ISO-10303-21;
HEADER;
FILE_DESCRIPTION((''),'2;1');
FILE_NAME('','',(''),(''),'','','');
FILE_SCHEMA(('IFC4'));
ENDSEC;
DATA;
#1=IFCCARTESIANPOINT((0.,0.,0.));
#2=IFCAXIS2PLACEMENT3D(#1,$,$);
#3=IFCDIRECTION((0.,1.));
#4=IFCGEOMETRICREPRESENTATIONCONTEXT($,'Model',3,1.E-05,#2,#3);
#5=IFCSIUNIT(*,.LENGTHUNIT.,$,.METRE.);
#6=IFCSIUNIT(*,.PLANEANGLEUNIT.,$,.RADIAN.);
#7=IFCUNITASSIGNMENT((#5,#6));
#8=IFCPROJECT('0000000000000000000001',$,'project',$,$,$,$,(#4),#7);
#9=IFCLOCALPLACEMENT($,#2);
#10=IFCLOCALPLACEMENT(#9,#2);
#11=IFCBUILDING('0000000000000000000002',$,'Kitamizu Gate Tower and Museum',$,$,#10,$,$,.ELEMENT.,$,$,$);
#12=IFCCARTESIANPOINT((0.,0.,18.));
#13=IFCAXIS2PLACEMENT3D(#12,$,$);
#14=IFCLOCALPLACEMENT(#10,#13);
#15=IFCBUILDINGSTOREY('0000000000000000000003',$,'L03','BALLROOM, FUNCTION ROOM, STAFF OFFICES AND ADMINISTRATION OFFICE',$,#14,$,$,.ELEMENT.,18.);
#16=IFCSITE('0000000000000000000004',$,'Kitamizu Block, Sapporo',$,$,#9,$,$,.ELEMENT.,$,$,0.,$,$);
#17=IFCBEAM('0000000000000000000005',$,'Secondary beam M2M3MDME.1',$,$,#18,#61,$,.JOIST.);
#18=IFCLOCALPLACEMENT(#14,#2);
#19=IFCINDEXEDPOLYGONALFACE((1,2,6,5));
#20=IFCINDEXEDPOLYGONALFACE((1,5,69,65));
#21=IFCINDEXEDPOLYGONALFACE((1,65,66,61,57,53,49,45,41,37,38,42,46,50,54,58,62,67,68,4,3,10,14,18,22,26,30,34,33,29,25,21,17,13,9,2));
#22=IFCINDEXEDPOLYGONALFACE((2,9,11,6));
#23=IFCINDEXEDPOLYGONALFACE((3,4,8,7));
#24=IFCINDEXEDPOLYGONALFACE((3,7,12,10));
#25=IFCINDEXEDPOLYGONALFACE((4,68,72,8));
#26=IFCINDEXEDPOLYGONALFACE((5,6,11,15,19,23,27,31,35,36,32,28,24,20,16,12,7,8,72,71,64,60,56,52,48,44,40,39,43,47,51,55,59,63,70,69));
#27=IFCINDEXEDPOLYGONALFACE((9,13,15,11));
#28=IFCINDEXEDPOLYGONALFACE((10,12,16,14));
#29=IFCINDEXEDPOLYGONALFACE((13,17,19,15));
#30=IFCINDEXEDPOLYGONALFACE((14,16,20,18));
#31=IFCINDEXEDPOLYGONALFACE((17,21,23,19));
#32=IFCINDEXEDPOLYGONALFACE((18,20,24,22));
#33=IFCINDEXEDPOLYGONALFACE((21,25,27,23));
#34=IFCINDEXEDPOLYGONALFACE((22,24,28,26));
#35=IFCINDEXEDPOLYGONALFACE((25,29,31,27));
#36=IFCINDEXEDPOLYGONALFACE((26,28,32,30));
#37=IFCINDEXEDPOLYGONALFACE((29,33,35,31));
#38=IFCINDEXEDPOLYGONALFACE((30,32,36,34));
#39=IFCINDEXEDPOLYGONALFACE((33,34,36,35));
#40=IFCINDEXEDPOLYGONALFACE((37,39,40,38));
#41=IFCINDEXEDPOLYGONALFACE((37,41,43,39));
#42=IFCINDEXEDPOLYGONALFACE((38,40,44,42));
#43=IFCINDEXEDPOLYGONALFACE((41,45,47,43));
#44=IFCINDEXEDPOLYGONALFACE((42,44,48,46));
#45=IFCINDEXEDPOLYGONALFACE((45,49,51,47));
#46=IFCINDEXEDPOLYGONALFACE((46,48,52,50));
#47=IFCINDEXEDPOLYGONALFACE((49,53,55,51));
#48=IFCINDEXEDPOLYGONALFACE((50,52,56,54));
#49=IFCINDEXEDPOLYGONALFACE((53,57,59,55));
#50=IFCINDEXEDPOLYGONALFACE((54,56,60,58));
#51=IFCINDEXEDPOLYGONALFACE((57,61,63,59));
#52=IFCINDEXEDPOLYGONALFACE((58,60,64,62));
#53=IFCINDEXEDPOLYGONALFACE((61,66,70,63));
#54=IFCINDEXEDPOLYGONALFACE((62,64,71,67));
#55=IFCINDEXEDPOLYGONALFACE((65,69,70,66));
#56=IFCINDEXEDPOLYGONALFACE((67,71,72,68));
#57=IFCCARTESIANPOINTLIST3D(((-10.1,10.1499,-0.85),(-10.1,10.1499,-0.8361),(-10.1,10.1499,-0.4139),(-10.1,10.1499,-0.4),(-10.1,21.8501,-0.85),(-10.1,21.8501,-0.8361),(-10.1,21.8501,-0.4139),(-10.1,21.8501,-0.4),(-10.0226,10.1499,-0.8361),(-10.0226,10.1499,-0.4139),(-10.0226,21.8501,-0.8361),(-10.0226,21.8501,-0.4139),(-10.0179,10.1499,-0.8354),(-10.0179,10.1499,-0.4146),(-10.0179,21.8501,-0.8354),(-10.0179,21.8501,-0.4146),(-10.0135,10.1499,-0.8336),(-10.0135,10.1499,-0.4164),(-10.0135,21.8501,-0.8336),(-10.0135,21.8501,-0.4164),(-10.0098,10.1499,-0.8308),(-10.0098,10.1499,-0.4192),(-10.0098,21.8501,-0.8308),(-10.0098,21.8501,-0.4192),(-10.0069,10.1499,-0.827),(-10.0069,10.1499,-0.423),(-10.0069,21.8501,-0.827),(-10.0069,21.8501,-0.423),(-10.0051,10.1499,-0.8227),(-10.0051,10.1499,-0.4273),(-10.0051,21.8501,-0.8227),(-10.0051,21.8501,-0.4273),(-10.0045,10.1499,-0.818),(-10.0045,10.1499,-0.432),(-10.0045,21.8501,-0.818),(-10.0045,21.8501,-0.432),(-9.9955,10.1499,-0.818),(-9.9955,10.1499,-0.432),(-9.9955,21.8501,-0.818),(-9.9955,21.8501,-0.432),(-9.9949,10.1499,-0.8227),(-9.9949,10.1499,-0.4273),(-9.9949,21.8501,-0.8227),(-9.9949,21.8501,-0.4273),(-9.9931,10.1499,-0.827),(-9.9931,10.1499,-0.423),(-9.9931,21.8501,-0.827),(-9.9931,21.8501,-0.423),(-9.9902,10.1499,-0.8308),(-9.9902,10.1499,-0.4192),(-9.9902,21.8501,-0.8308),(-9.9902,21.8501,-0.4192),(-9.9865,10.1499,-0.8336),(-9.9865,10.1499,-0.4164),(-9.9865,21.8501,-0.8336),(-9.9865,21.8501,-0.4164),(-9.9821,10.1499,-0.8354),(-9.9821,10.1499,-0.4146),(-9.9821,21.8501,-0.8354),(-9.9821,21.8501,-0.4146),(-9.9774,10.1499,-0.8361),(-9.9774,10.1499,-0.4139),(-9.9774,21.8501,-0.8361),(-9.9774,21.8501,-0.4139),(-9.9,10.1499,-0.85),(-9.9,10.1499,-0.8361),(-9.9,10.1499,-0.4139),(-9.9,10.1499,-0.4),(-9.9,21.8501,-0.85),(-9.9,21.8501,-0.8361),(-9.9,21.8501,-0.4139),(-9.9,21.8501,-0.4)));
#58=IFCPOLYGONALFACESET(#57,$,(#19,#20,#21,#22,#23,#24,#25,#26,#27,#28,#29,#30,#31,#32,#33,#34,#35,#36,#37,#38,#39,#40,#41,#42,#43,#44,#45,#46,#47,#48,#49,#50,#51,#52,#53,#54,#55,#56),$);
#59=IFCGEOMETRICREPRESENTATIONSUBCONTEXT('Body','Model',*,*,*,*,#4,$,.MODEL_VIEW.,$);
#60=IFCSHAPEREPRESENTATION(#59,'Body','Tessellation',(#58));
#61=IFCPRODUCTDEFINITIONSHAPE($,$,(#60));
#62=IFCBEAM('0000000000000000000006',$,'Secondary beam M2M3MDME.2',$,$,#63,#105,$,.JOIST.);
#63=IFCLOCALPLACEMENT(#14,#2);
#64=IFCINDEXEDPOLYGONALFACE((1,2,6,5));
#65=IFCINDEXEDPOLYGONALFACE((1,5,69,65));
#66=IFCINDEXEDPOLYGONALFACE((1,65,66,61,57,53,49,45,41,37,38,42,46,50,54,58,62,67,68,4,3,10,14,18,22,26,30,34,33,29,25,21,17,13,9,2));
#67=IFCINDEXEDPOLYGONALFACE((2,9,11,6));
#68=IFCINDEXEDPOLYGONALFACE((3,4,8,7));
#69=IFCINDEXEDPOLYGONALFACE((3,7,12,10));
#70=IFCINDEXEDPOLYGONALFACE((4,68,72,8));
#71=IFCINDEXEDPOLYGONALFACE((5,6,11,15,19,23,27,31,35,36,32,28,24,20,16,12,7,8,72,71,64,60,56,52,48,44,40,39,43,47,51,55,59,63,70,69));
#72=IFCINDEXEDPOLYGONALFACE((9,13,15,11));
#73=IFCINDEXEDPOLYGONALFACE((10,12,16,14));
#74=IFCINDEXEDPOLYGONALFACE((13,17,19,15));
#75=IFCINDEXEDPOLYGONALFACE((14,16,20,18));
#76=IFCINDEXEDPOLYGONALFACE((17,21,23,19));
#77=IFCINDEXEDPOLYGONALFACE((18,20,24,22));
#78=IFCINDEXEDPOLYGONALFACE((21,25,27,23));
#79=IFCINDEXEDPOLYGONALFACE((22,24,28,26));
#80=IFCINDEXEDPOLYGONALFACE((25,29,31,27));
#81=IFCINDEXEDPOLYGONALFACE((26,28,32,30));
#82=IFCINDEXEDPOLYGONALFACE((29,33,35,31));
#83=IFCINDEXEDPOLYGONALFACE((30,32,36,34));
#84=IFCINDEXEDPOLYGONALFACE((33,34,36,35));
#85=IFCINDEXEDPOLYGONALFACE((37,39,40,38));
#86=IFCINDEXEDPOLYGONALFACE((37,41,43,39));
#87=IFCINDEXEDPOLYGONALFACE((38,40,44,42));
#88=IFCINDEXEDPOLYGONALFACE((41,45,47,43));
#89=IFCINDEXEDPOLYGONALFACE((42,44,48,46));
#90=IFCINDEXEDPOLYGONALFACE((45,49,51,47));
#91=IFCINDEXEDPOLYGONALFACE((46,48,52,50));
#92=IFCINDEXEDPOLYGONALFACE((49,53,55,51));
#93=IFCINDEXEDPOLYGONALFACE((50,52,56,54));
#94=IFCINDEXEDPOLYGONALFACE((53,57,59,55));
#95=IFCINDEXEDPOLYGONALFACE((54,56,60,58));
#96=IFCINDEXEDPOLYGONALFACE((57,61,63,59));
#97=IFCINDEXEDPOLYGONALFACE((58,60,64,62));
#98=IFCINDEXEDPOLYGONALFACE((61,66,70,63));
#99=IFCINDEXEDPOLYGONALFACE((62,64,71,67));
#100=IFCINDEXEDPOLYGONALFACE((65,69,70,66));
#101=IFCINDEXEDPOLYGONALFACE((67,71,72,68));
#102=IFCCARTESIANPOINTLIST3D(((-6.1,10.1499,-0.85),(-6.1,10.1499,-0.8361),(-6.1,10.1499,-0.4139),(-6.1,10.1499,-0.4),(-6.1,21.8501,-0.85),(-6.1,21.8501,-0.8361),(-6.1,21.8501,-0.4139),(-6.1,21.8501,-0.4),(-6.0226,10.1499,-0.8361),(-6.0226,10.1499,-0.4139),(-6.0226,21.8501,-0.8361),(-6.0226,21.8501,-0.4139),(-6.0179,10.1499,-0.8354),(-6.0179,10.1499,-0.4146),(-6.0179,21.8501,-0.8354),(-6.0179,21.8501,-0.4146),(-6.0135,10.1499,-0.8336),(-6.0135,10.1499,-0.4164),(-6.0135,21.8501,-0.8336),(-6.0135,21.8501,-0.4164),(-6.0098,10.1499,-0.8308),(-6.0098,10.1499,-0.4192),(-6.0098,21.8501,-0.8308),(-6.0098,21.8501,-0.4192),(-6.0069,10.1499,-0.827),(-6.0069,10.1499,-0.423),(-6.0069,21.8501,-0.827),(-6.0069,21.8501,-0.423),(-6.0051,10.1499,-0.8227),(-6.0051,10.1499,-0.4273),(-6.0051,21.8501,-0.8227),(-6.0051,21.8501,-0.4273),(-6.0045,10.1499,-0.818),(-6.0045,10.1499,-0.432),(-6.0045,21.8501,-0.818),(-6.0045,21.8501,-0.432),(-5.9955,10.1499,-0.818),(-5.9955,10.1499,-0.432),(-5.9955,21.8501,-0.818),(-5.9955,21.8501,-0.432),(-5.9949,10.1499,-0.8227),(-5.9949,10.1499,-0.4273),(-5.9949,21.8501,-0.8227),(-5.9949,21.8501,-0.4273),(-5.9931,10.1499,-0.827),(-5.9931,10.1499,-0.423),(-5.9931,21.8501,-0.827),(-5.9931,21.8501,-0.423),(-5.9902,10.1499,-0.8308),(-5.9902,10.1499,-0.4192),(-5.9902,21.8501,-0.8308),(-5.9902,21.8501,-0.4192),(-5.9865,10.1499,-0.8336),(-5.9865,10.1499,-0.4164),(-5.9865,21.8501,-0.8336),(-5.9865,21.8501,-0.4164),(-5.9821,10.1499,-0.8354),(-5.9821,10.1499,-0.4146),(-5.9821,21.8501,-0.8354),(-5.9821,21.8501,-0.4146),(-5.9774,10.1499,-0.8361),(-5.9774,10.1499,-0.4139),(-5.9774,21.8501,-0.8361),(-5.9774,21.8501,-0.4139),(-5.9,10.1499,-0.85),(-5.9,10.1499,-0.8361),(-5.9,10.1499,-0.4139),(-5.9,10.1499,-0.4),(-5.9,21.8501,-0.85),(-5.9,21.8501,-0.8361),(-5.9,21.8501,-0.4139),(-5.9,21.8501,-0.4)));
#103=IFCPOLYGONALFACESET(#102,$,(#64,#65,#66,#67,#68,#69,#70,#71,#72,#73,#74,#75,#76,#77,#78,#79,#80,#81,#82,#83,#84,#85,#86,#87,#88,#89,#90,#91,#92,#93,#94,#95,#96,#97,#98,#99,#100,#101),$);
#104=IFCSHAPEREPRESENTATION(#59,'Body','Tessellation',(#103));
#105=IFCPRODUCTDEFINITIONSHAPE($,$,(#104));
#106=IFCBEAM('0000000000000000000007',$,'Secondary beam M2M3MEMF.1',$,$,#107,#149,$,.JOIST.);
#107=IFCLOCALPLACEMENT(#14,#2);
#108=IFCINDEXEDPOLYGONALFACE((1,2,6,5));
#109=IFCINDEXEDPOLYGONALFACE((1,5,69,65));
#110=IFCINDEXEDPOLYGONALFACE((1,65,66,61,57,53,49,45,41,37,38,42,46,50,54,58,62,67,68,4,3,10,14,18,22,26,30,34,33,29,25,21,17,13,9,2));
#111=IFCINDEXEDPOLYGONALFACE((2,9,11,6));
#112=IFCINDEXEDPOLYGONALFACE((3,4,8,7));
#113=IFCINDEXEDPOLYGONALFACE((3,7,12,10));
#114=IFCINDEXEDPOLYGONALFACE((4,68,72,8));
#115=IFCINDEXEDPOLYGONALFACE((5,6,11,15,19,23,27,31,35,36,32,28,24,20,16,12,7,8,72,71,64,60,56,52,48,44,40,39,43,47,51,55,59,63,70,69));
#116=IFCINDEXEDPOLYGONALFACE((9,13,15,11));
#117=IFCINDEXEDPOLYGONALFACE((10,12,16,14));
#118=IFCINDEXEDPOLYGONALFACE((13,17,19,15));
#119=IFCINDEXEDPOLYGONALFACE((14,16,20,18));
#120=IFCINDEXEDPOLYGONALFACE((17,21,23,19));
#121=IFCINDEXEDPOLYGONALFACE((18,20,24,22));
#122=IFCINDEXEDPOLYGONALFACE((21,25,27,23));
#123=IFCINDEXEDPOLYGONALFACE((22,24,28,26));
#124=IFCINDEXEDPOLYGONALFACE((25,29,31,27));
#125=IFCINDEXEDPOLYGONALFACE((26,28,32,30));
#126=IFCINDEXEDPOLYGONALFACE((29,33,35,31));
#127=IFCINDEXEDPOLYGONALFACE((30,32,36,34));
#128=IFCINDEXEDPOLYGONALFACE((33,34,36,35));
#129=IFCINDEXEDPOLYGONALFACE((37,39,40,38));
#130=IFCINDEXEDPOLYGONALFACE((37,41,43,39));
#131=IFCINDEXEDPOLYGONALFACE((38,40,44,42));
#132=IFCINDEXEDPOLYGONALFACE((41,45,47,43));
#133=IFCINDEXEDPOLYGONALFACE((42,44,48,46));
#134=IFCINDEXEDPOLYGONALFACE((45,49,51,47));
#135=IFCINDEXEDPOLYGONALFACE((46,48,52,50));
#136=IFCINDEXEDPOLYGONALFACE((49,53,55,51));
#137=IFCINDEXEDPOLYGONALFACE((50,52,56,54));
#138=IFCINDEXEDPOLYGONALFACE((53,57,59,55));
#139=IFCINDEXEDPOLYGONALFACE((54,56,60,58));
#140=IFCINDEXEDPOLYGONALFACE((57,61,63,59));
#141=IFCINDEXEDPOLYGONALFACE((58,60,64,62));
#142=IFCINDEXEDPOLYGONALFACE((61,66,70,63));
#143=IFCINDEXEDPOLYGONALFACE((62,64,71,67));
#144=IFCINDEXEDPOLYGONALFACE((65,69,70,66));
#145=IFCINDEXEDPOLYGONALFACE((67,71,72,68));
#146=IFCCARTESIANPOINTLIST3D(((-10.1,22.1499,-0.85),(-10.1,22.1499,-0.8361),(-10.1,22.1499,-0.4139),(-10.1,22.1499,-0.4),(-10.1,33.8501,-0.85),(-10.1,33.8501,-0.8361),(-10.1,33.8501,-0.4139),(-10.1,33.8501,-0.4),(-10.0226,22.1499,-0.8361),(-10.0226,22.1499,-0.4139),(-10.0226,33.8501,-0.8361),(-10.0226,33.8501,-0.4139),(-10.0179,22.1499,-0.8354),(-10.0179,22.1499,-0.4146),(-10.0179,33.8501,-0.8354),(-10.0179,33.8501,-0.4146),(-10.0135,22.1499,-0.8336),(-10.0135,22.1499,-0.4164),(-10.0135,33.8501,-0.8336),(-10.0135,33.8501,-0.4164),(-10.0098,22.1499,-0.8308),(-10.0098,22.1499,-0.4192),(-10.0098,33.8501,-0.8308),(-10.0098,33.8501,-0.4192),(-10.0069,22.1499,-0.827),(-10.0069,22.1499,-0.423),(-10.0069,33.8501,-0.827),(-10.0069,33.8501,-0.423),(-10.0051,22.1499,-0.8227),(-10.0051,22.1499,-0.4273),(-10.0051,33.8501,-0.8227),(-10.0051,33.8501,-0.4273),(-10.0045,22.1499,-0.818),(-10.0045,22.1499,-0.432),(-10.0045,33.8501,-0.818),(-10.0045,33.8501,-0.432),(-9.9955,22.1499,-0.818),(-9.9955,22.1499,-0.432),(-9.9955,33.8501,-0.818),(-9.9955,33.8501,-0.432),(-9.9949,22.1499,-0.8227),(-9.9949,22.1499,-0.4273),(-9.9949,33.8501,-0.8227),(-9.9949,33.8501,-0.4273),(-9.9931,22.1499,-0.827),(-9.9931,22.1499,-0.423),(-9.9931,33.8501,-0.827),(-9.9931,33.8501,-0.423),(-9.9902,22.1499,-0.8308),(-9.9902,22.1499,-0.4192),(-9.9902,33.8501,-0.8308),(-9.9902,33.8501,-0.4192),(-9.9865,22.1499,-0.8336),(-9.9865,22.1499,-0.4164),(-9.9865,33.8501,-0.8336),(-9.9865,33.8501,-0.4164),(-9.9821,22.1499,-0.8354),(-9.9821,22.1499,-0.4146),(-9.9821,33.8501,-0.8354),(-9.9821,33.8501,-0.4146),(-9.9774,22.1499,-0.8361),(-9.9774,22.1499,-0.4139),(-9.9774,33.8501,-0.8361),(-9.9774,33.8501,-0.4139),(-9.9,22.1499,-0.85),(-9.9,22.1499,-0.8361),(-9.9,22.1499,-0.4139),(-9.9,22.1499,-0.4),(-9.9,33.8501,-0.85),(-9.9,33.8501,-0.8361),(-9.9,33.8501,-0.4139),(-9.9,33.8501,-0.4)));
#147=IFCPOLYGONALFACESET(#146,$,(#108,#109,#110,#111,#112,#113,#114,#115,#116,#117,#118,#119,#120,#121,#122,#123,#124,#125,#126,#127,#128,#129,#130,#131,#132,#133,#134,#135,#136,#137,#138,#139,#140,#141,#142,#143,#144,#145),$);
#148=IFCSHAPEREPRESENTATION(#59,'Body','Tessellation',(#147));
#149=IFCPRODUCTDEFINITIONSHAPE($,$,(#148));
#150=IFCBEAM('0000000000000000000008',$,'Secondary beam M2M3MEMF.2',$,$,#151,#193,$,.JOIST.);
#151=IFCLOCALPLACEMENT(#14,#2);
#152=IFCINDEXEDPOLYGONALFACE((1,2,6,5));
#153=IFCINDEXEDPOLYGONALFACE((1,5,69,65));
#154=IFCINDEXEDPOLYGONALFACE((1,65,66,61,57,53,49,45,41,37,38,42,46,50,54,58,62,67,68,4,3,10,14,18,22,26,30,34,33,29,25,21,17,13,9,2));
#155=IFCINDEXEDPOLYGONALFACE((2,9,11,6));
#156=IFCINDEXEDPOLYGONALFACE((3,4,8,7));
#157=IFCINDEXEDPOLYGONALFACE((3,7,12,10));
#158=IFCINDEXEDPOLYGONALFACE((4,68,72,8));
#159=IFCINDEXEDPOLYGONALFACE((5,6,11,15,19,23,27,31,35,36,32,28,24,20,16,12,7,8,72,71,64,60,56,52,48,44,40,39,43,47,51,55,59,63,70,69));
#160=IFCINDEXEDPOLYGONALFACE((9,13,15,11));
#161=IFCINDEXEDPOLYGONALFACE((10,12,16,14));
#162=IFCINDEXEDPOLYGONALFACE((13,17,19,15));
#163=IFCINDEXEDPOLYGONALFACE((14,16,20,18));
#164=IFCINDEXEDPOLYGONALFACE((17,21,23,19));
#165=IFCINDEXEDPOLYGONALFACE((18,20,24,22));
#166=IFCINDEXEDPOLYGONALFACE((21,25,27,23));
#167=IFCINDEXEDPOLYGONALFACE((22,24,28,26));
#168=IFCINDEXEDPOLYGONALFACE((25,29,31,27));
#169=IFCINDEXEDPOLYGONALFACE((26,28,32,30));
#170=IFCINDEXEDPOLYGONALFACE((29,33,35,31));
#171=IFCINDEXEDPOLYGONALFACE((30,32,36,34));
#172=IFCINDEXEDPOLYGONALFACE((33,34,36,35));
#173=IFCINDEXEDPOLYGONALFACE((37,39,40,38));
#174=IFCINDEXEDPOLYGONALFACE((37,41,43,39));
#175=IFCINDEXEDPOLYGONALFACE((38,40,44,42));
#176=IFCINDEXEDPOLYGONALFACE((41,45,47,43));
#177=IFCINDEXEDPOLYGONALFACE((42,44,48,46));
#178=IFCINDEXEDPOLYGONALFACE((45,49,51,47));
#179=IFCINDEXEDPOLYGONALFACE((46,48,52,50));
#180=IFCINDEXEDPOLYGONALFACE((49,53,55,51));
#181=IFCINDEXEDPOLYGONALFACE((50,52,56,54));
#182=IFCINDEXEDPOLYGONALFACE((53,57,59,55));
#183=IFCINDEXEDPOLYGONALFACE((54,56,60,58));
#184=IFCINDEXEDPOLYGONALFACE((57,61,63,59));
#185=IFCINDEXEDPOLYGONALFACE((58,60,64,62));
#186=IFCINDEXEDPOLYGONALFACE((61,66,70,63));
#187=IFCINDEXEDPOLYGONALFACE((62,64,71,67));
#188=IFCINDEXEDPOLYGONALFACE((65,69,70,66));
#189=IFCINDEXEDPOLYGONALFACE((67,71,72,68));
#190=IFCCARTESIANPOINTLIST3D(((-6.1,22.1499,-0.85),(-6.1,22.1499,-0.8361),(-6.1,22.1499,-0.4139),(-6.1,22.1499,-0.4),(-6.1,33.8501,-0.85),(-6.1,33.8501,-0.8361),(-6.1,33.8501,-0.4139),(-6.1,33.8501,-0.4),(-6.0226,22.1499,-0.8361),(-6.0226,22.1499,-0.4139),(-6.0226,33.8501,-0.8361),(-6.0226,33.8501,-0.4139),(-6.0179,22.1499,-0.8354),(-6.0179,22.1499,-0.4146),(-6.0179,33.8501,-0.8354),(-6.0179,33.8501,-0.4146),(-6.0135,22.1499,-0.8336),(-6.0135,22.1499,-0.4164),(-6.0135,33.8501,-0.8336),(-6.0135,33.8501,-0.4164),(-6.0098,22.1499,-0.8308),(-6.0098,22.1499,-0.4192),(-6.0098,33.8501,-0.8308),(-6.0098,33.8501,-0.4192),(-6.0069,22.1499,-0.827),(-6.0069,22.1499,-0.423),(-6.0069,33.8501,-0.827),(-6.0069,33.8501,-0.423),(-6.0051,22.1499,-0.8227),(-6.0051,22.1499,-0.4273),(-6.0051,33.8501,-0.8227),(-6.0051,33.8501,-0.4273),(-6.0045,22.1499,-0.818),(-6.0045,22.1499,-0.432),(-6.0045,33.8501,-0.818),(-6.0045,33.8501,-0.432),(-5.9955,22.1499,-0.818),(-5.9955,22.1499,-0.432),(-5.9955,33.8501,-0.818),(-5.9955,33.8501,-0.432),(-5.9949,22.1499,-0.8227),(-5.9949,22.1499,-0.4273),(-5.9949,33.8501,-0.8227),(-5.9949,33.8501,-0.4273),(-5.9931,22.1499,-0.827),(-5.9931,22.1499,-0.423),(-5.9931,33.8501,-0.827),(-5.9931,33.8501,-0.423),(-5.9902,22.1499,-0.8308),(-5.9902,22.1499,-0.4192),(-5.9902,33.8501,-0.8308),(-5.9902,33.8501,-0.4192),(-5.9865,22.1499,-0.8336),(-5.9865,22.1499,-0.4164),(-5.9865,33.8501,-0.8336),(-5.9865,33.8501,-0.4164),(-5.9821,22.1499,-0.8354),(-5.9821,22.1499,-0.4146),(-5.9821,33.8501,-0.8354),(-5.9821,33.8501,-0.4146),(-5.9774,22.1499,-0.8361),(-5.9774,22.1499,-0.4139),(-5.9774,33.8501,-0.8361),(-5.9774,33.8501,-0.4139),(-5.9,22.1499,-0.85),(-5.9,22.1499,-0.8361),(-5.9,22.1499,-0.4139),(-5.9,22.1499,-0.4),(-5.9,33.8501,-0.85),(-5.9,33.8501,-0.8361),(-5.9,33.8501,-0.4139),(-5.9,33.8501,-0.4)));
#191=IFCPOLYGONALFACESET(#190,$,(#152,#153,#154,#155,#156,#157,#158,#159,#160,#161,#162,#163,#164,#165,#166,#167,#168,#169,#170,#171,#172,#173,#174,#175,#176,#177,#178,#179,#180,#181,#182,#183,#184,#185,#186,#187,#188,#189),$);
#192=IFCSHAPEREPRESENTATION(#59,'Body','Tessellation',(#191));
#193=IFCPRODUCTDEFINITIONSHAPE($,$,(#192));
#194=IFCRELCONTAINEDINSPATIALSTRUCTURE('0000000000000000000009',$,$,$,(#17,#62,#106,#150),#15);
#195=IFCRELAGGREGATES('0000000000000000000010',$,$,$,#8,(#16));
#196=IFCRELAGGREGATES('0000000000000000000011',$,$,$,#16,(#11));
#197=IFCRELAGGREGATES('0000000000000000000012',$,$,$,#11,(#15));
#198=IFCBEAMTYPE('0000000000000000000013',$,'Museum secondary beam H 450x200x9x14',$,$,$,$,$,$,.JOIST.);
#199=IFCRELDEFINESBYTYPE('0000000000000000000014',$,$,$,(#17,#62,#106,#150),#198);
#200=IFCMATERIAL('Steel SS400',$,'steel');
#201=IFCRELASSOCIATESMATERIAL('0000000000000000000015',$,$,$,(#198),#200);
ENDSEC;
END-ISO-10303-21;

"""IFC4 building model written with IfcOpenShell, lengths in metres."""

from ifc_helpers import new_model, si_unit, direction, frame, origin, origin_2d, place, context, subcontext, project, spatial, i_section, extrude, material, material_profile, profile_set, type_object, element, save


model = new_model("IFC4")

# Units and contexts
model_context = context("Model", 3, precision=1e-05, world=origin(), true_north=direction((0.0, 1.0)))
body_context = subcontext(model_context, "Body", "Model", "MODEL_VIEW")
ifc_project = project(units=[si_unit("LENGTHUNIT", "METRE"), si_unit("PLANEANGLEUNIT", "RADIAN")], contexts=[model_context])

# Site, building, storey
site_placement = place(None, origin())
site = spatial("IfcSite", under=ifc_project, at=site_placement, Name="Kitamizu Block, Sapporo", CompositionType="ELEMENT", RefElevation=0.0)
building_placement = place(site_placement, origin())
building = spatial("IfcBuilding", under=site, at=building_placement, Name="Kitamizu Gate Tower and Museum", CompositionType="ELEMENT")
storey_placement = place(building_placement, frame((0.0, 0.0, 18.0)))
storey = spatial("IfcBuildingStorey", under=building, at=storey_placement, Name="L03", Description="BALLROOM, FUNCTION ROOM, STAFF OFFICES AND ADMINISTRATION OFFICE", CompositionType="ELEMENT", Elevation=18.0)

# Beams
ifc_material_1 = material(Name="Steel SS400", Category="steel")
ifc_material_profile = material_profile(ifc_material_1, i_section(OverallWidth=0.2, OverallDepth=0.45, WebThickness=0.009, FlangeThickness=0.0139, FilletRadius=0.0181, at=origin_2d()), Name="H-450x200x9x14")
ifc_profile_set = profile_set([ifc_material_profile], Name="Steel SS400")
beam_type = type_object("IfcBeamType", Name="Museum secondary beam H 450x200x9x14", PredefinedType="JOIST", material=ifc_profile_set)
for number, where, z_axis, x_axis, name in (
    (1, (-10.0, 10.1499, -0.625), (0.0, 1.0, 0.0), (-1.0, 0.0, 0.0), "Secondary beam M2M3MDME.1"),
    (2, (-6.0, 10.1499, -0.625), (0.0, 1.0, 0.0), (-1.0, 0.0, 0.0), "Secondary beam M2M3MDME.2"),
    (3, (-10.0, 22.1499, -0.625), (0.0, 1.0, 0.0), (-1.0, 0.0, 0.0), "Secondary beam M2M3MEMF.1"),
    (4, (-6.0, 22.1499, -0.625), (0.0, 1.0, 0.0), (-1.0, 0.0, 0.0), "Secondary beam M2M3MEMF.2"),
):
    element("IfcBeam", number, at=place(storey_placement, frame(where, z_axis=z_axis, x_axis=x_axis)), inside=storey, type_object=beam_type, Name=name, PredefinedType="JOIST", context=body_context, shape_type="SweptSolid", body=[
        extrude(i_section(OverallWidth=0.2, OverallDepth=0.45, WebThickness=0.009, FlangeThickness=0.0139, FilletRadius=0.0181, at=origin_2d()), origin(), (0.0, 0.0, 1.0), 11.7002),
    ])

save(model, "model.ifc")
